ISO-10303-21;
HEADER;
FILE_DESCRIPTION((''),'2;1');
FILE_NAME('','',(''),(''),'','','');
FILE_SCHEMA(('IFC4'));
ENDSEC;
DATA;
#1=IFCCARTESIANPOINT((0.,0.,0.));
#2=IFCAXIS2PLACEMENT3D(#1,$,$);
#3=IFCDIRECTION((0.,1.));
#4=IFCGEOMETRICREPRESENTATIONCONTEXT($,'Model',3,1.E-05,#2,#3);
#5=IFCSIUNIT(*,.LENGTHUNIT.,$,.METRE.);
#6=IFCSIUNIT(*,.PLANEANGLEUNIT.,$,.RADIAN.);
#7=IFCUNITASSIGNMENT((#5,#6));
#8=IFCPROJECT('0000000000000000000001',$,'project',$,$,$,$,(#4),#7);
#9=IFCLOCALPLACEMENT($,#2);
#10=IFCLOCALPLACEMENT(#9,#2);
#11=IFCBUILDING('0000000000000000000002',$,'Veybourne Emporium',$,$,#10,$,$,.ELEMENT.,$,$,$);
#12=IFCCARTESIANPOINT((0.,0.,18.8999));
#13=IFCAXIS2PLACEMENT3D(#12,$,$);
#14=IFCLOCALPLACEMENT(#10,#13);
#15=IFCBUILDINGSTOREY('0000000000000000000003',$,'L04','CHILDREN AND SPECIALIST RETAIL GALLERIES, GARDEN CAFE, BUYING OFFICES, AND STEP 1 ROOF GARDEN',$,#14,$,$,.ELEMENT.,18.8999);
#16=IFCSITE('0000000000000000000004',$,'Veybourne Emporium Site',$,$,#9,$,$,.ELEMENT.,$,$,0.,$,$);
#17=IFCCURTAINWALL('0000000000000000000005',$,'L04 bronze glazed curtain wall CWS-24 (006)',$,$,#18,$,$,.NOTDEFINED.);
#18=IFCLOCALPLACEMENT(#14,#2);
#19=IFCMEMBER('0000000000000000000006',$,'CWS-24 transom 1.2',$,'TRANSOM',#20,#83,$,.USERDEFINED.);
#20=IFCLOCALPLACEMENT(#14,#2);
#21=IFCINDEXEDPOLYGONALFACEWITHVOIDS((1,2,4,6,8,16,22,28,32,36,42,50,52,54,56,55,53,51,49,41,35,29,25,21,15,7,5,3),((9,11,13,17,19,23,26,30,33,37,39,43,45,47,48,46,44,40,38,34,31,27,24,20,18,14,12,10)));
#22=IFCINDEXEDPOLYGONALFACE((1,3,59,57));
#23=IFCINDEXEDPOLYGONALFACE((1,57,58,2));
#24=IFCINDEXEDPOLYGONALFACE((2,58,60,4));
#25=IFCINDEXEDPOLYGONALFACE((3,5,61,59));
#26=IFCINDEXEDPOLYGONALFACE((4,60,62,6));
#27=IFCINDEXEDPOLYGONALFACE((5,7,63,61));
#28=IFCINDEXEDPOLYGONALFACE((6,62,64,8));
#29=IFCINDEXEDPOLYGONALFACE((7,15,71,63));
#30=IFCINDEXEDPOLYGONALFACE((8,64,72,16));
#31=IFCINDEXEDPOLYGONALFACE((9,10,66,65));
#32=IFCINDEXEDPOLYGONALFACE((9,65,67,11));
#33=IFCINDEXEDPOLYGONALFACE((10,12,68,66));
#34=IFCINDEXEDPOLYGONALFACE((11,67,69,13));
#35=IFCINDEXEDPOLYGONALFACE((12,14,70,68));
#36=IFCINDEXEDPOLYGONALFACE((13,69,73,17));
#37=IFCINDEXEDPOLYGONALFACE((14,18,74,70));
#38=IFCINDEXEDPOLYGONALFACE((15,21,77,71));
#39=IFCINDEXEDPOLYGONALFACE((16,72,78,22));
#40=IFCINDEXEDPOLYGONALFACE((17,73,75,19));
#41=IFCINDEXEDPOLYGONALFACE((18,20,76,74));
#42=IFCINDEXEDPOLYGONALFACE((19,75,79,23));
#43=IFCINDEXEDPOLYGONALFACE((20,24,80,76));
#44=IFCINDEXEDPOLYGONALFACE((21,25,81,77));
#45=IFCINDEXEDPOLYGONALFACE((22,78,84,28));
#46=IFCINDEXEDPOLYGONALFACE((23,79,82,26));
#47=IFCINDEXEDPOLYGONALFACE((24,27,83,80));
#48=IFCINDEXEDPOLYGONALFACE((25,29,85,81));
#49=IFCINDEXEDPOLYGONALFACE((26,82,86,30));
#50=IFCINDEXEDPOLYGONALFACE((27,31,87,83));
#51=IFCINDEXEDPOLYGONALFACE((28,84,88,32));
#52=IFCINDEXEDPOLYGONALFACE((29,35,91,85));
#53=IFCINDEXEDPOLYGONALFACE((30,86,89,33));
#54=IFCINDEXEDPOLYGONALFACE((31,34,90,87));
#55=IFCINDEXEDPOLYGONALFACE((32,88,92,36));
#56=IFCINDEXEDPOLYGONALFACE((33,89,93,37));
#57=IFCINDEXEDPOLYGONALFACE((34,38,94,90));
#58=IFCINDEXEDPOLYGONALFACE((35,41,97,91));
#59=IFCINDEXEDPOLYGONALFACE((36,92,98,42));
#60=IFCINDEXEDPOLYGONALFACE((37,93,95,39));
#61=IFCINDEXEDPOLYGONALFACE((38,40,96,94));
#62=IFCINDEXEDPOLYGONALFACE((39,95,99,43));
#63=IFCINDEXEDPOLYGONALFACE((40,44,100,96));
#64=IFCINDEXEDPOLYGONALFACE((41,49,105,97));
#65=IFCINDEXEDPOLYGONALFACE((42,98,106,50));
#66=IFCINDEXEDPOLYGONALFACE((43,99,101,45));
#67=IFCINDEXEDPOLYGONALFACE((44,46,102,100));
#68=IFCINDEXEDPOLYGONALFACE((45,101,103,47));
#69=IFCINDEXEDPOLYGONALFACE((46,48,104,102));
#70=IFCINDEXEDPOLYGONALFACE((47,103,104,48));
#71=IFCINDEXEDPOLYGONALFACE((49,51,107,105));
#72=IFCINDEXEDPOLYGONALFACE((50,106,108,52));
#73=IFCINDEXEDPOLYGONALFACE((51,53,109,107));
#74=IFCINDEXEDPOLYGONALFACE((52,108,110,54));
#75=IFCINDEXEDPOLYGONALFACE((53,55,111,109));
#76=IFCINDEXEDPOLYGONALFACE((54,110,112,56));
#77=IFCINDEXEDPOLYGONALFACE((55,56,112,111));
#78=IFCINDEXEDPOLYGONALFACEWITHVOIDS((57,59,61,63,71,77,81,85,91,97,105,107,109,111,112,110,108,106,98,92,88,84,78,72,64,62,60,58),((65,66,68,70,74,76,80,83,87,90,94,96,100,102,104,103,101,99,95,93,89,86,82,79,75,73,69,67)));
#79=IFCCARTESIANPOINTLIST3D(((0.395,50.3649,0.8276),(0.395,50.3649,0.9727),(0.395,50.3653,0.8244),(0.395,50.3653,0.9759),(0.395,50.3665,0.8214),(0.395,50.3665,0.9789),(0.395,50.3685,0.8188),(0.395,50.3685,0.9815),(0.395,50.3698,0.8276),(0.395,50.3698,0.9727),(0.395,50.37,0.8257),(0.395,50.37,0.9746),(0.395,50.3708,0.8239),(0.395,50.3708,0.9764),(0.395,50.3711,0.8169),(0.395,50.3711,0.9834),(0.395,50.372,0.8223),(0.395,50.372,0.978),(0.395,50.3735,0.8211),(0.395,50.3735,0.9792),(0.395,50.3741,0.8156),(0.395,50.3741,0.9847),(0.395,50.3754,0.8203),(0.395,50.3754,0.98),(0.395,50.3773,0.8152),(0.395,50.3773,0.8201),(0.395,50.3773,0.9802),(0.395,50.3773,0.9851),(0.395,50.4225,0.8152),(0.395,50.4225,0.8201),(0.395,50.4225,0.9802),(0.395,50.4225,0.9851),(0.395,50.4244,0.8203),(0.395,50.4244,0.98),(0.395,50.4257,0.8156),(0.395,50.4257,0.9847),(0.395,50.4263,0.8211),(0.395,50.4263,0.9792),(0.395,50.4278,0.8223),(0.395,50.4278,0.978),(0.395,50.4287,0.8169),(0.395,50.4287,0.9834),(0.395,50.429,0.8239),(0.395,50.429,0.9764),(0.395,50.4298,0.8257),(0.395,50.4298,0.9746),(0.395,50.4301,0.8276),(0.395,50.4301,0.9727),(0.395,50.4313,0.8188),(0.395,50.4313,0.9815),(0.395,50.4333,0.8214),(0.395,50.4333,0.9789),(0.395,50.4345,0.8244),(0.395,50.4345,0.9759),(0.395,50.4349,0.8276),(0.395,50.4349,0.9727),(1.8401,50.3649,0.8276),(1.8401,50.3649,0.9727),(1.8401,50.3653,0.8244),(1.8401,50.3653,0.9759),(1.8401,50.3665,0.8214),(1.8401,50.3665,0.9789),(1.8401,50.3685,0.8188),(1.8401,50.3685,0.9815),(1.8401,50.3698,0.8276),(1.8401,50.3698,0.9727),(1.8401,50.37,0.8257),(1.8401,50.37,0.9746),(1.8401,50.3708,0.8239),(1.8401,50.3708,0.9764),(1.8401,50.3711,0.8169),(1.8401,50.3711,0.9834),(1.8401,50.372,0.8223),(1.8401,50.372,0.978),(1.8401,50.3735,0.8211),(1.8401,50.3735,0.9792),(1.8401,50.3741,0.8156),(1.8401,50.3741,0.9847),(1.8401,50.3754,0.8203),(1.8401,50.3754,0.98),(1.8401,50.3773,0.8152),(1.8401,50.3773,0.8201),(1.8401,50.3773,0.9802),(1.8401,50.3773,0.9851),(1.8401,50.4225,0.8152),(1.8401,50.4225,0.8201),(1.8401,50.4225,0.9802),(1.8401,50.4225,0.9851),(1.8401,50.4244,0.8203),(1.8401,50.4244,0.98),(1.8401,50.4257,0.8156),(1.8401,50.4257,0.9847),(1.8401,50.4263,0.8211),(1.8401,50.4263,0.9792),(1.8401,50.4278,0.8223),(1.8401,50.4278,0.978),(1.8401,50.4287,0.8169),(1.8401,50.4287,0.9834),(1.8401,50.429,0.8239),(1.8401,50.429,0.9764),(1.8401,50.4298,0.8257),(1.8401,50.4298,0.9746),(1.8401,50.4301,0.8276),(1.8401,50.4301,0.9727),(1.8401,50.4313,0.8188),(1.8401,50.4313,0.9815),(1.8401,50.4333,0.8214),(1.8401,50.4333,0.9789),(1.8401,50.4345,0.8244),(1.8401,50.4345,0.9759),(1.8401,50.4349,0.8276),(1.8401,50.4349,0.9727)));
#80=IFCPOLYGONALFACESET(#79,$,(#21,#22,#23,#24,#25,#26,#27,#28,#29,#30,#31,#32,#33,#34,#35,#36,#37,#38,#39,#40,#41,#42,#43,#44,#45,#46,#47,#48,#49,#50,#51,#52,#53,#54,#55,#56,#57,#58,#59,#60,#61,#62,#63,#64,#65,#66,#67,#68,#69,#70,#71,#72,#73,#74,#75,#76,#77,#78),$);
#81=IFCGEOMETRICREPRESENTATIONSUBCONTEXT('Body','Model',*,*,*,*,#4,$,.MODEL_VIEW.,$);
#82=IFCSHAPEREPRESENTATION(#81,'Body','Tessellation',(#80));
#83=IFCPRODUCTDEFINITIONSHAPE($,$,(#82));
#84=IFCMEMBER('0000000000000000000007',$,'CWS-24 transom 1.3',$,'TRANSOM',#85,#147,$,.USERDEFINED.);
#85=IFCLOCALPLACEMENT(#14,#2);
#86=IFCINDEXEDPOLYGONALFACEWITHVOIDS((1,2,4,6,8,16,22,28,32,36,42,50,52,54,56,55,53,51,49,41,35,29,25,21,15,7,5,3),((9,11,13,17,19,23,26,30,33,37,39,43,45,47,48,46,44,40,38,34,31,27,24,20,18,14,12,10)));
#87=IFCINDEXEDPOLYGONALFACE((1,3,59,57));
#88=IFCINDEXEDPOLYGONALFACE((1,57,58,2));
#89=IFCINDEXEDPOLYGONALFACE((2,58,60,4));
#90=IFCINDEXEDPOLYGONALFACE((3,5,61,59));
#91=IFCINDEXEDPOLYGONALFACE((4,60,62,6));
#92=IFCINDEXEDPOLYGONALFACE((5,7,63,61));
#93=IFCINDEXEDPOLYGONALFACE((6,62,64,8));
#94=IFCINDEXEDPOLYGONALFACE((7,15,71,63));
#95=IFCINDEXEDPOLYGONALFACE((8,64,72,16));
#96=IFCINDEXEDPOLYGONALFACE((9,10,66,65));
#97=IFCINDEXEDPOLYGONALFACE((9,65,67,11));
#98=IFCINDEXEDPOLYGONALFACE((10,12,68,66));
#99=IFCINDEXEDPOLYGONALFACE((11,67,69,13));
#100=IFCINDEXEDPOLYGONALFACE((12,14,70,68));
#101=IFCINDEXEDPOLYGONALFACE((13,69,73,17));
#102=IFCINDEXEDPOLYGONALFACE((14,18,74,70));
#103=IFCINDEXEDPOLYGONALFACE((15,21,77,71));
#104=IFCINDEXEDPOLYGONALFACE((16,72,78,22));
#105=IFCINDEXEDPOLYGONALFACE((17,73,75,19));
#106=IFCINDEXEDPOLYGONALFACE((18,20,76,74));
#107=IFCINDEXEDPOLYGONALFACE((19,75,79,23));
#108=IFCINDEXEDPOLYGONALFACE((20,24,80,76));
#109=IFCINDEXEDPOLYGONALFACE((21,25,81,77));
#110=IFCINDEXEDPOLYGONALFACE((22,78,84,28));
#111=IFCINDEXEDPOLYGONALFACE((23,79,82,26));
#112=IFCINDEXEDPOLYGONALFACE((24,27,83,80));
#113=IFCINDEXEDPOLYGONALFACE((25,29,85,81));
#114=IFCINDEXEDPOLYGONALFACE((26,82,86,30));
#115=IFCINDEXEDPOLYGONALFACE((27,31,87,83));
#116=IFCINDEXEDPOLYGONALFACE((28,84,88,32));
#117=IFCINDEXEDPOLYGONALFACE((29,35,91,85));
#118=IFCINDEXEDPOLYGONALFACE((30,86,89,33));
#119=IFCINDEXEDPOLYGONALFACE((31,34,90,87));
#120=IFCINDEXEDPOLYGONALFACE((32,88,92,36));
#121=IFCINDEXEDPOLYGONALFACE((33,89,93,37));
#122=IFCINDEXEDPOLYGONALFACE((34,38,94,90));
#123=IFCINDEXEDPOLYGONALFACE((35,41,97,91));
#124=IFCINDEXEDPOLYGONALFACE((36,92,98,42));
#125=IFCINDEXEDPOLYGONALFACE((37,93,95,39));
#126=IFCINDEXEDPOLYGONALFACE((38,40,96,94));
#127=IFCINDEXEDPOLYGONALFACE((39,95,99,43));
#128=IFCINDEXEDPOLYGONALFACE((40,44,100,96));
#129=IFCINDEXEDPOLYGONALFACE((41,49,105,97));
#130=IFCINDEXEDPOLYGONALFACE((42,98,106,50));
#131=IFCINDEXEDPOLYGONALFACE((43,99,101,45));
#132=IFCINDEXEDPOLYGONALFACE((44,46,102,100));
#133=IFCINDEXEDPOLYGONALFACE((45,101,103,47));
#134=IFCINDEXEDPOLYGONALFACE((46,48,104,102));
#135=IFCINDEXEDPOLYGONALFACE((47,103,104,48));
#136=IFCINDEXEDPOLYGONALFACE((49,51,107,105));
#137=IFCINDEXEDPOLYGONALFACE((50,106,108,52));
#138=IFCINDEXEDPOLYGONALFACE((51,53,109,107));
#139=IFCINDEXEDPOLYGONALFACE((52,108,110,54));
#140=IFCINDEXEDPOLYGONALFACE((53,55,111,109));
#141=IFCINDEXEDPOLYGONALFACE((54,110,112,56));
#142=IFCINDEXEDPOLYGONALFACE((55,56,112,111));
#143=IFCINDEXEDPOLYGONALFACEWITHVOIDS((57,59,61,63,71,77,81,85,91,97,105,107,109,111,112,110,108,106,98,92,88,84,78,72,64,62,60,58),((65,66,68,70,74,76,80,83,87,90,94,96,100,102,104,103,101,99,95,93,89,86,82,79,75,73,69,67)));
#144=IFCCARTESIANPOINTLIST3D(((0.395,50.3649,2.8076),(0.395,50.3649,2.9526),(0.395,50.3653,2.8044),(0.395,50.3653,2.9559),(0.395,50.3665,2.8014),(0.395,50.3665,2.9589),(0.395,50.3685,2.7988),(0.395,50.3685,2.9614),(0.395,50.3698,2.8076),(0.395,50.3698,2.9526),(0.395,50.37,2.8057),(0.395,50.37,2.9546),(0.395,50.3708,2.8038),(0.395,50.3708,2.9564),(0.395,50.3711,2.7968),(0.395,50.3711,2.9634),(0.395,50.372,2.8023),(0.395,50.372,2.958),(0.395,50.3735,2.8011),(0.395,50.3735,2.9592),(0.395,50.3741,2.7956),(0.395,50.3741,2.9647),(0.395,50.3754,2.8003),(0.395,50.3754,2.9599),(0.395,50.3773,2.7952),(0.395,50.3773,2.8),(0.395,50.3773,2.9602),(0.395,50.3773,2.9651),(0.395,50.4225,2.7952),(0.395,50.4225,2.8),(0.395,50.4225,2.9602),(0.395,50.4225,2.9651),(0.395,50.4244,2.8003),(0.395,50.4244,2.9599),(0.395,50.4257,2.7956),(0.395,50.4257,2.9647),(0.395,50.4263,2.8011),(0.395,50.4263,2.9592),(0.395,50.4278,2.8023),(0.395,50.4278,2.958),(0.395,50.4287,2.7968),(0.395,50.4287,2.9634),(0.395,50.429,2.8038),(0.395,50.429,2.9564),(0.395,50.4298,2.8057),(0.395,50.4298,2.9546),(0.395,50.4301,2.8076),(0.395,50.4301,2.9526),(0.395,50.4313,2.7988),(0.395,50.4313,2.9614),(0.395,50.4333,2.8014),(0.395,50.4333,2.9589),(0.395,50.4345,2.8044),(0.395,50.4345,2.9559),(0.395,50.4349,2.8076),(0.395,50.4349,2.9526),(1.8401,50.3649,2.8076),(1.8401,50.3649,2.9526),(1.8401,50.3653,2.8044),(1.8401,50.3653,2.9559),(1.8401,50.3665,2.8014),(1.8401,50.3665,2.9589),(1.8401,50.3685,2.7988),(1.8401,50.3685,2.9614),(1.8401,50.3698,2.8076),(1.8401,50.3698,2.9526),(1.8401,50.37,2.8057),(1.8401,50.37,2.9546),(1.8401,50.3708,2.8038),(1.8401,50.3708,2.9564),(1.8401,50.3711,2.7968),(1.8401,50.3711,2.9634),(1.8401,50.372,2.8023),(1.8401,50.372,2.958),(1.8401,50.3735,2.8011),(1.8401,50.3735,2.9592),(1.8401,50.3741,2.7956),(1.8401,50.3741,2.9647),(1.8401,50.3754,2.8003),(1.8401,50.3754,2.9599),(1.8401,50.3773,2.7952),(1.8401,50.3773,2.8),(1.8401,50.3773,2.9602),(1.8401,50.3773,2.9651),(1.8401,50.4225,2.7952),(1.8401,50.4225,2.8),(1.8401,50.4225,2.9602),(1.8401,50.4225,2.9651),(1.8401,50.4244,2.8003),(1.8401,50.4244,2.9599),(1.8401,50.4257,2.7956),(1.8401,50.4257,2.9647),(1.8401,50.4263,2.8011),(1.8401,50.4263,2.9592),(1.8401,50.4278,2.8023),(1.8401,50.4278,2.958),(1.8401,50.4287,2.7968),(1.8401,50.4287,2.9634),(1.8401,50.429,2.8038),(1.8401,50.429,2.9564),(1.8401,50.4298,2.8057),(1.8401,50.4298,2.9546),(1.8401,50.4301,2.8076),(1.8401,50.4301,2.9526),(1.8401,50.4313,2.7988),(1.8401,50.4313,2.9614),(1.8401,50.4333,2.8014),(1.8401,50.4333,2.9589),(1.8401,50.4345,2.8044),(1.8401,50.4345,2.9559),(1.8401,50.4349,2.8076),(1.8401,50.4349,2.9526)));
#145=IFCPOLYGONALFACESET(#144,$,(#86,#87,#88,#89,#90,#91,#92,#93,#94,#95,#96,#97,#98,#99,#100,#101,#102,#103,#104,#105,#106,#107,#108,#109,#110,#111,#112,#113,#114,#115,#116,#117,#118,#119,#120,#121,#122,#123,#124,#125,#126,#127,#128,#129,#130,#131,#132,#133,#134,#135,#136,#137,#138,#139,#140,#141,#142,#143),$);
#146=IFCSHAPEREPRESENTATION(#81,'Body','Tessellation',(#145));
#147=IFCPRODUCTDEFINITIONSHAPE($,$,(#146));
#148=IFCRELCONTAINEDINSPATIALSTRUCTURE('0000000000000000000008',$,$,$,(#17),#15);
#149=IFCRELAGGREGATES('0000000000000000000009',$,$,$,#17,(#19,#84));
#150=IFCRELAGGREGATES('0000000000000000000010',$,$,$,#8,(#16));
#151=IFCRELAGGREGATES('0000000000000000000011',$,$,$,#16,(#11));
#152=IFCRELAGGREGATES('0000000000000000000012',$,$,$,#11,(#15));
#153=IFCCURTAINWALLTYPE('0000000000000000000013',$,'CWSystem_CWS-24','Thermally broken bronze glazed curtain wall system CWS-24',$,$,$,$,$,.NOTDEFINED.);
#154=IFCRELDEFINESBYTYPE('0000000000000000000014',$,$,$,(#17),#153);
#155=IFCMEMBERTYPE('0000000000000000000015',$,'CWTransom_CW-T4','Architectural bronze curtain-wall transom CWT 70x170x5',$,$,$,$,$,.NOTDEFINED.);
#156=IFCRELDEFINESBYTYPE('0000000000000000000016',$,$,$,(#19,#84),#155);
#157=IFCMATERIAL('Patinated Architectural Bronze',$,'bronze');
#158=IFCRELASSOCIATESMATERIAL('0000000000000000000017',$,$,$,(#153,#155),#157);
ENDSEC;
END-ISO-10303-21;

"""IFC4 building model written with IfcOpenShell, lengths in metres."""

from ifc_helpers import new_model, si_unit, direction, frame, origin, origin_2d, place, context, subcontext, project, spatial, hollow_rectangle, extrude, material, material_profile, profile_set, type_object, element, aggregate, save


model = new_model("IFC4")

# Units and contexts
model_context = context("Model", 3, precision=1e-05, world=origin(), true_north=direction((0.0, 1.0)))
body_context = subcontext(model_context, "Body", "Model", "MODEL_VIEW")
ifc_project = project(units=[si_unit("LENGTHUNIT", "METRE"), si_unit("PLANEANGLEUNIT", "RADIAN")], contexts=[model_context])

# Site, building, storey
site_placement = place(None, origin())
site = spatial("IfcSite", under=ifc_project, at=site_placement, Name="Veybourne Emporium Site", CompositionType="ELEMENT", RefElevation=0.0)
building_placement = place(site_placement, origin())
building = spatial("IfcBuilding", under=site, at=building_placement, Name="Veybourne Emporium", CompositionType="ELEMENT")
storey_placement = place(building_placement, frame((0.0, 0.0, 18.8999)))
storey = spatial("IfcBuildingStorey", under=building, at=storey_placement, Name="L04", Description="CHILDREN AND SPECIALIST RETAIL GALLERIES, GARDEN CAFE, BUYING OFFICES, AND STEP 1 ROOF GARDEN", CompositionType="ELEMENT", Elevation=18.8999)

# Curtain wall, members
ifc_material_1 = material(Name="Patinated Architectural Bronze", Category="bronze")
curtain_wall_type = type_object("IfcCurtainWallType", Name="CWSystem_CWS-24", Description="Thermally broken bronze glazed curtain wall system CWS-24", PredefinedType="NOTDEFINED", material=ifc_material_1)
curtain_wall_placement = place(storey_placement, origin())
curtain_wall = element("IfcCurtainWall", 1, at=curtain_wall_placement, inside=storey, type_object=curtain_wall_type, Name="L04 bronze glazed curtain wall CWS-24 (006)", PredefinedType="NOTDEFINED")
ifc_material_profile_1 = material_profile(ifc_material_1, hollow_rectangle(XDim=0.0701, YDim=0.1699, WallThickness=0.0049, InnerFilletRadius=0.0076, OuterFilletRadius=0.0125, at=origin_2d()), Name="CWT 70x170x5")
ifc_profile_set_1 = profile_set([ifc_material_profile_1], Name="Patinated Architectural Bronze")
member_type_1 = type_object("IfcMemberType", Name="CWTransom_CW-T4", Description="Architectural bronze curtain-wall transom CWT 70x170x5", PredefinedType="NOTDEFINED", material=ifc_profile_set_1)
member_1_placement = place(storey_placement, frame((0.395, 50.3999, 0.9001), z_axis=(1.0, 0.0, 0.0), x_axis=(0.0, 1.0, 0.0)))
member_1 = element("IfcMember", 2, at=member_1_placement, type_object=member_type_1, Name="CWS-24 transom 1.2", ObjectType="TRANSOM", PredefinedType="USERDEFINED", context=body_context, shape_type="SweptSolid", body=[
    extrude(hollow_rectangle(XDim=0.0701, YDim=0.1699, WallThickness=0.0049, InnerFilletRadius=0.0076, OuterFilletRadius=0.0125, at=origin_2d()), origin(), (0.0, 0.0, 1.0), 1.4451),
])
member_2_placement = place(storey_placement, frame((0.395, 50.3999, 2.8801), z_axis=(1.0, 0.0, 0.0), x_axis=(0.0, 1.0, 0.0)))
member_2 = element("IfcMember", 3, at=member_2_placement, type_object=member_type_1, Name="CWS-24 transom 1.3", ObjectType="TRANSOM", PredefinedType="USERDEFINED", context=body_context, shape_type="SweptSolid", body=[
    extrude(hollow_rectangle(XDim=0.0701, YDim=0.1699, WallThickness=0.0049, InnerFilletRadius=0.0076, OuterFilletRadius=0.0125, at=origin_2d()), origin(), (0.0, 0.0, 1.0), 1.4451),
])

aggregate(curtain_wall, [member_1, member_2])

save(model, "model.ifc")
